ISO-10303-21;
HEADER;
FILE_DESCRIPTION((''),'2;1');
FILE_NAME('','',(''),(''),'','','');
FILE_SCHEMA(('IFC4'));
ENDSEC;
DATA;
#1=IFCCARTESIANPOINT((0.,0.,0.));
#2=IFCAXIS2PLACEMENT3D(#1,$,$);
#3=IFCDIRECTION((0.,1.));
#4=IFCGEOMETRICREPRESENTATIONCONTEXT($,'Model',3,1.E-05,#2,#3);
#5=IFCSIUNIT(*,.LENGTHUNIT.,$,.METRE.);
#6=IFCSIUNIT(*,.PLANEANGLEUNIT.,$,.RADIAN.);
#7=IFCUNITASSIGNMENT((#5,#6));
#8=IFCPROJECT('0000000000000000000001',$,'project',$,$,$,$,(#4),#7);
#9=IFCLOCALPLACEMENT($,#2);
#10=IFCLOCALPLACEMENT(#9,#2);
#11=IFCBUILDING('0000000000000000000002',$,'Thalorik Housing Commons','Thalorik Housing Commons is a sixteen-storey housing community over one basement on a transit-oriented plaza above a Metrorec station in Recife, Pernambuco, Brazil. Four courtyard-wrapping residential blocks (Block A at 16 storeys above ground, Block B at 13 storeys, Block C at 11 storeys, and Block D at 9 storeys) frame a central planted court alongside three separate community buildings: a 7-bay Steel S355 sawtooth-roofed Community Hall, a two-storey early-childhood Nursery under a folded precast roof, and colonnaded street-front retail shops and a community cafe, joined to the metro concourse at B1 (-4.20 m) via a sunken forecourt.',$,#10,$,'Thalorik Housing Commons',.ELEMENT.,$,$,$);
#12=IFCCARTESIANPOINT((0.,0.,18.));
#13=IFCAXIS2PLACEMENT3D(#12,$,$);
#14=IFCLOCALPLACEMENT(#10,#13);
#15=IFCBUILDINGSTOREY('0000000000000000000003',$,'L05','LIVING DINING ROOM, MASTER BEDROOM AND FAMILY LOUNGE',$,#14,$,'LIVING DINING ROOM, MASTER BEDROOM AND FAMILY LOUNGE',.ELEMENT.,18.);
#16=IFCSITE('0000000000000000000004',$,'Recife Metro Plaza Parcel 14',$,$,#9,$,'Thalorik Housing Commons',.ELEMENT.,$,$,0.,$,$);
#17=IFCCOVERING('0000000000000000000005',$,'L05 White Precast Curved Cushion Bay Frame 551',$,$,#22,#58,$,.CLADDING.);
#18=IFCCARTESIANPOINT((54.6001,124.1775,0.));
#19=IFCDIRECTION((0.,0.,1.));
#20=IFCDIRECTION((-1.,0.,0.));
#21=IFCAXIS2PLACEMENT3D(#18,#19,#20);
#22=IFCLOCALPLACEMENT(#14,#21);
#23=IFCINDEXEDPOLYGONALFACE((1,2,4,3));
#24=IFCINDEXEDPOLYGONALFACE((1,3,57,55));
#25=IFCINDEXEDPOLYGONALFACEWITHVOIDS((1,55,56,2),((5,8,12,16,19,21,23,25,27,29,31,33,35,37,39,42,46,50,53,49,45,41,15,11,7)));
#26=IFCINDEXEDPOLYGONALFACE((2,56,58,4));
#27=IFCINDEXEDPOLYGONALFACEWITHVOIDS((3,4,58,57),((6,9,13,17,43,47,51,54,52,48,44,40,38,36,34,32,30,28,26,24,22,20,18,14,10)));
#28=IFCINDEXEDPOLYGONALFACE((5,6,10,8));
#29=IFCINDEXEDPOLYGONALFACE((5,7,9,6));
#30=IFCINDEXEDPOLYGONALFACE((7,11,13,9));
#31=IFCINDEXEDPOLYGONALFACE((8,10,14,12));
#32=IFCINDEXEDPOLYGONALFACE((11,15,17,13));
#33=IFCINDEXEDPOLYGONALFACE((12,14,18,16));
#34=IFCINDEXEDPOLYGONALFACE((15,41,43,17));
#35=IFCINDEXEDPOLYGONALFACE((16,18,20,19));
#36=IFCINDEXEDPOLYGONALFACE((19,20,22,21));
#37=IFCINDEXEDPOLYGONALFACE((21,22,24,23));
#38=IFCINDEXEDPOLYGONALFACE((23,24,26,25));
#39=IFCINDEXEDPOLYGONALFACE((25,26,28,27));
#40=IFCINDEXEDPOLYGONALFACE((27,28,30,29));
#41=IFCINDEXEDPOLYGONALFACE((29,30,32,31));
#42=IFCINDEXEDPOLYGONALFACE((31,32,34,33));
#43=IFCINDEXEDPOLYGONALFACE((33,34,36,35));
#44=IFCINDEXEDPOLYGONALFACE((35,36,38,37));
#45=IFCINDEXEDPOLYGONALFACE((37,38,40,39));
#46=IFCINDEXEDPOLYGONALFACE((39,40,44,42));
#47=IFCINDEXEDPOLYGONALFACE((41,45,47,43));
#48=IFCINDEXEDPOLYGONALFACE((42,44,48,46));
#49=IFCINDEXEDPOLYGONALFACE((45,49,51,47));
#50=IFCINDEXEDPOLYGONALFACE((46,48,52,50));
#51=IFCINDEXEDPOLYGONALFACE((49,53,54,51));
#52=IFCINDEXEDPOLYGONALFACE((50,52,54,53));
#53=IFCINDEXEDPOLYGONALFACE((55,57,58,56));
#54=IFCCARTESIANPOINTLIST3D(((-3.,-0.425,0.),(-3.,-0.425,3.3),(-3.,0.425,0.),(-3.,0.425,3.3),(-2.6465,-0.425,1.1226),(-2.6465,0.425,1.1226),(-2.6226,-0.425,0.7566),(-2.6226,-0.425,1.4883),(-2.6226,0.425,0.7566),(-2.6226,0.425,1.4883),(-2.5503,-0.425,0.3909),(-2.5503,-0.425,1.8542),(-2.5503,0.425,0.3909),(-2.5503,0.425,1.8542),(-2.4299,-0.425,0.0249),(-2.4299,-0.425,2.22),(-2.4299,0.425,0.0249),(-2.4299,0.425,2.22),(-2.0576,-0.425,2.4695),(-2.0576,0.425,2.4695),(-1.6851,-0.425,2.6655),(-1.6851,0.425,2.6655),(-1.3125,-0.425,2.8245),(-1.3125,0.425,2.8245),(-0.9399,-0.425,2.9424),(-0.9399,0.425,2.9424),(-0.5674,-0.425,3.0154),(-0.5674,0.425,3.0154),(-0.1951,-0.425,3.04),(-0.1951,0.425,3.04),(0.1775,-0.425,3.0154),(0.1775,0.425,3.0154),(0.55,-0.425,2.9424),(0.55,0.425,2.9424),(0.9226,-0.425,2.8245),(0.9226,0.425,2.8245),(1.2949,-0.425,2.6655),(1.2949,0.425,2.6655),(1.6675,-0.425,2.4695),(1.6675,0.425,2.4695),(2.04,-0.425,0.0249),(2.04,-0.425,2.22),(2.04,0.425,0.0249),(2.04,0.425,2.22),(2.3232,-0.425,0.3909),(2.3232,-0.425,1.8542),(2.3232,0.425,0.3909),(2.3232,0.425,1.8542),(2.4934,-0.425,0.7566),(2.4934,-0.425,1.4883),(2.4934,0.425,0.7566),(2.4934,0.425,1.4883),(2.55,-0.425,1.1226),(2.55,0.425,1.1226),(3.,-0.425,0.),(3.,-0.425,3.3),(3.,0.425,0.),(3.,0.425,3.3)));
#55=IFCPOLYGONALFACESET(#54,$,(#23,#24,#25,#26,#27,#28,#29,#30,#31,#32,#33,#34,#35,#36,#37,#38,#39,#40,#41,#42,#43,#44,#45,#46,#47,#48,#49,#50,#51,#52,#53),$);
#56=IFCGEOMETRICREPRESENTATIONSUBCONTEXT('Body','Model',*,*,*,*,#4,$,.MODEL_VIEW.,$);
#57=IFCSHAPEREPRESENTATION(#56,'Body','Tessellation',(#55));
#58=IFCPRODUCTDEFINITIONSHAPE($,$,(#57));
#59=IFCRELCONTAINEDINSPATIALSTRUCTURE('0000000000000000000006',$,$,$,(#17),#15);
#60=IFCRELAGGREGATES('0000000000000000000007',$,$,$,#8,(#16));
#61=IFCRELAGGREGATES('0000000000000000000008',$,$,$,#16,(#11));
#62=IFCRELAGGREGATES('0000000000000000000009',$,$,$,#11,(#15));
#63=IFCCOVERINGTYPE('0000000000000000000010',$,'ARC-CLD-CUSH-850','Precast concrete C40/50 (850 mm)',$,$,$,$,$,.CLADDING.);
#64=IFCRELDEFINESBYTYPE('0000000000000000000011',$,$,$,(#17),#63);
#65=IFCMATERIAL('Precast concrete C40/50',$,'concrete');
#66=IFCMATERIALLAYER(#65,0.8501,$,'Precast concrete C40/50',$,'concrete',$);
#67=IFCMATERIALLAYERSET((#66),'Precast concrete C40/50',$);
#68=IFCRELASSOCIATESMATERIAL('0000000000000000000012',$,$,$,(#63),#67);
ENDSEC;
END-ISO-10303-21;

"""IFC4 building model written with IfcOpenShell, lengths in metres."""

from ifc_helpers import new_model, si_unit, direction, frame, origin, place, context, subcontext, project, spatial, polyline, outline, extrude, material, layer, layer_set, type_object, element, save


model = new_model("IFC4")

# Units and contexts
model_context = context("Model", 3, precision=1e-05, world=origin(), true_north=direction((0.0, 1.0)))
body_context = subcontext(model_context, "Body", "Model", "MODEL_VIEW")
ifc_project = project(units=[si_unit("LENGTHUNIT", "METRE"), si_unit("PLANEANGLEUNIT", "RADIAN")], contexts=[model_context])

# Site, building, storey
site_placement = place(None, origin())
site = spatial("IfcSite", under=ifc_project, at=site_placement, Name="Recife Metro Plaza Parcel 14", LongName="Thalorik Housing Commons", CompositionType="ELEMENT", RefElevation=0.0)
building_placement = place(site_placement, origin())
building = spatial("IfcBuilding", under=site, at=building_placement, Name="Thalorik Housing Commons", Description="Thalorik Housing Commons is a sixteen-storey housing community over one basement on a transit-oriented plaza above a Metrorec station in Recife, Pernambuco, Brazil. Four courtyard-wrapping residential blocks (Block A at 16 storeys above ground, Block B at 13 storeys, Block C at 11 storeys, and Block D at 9 storeys) frame a central planted court alongside three separate community buildings: a 7-bay Steel S355 sawtooth-roofed Community Hall, a two-storey early-childhood Nursery under a folded precast roof, and colonnaded street-front retail shops and a community cafe, joined to the metro concourse at B1 (-4.20 m) via a sunken forecourt.", LongName="Thalorik Housing Commons", CompositionType="ELEMENT")
storey_placement = place(building_placement, frame((0.0, 0.0, 18.0)))
storey = spatial("IfcBuildingStorey", under=building, at=storey_placement, Name="L05", Description="LIVING DINING ROOM, MASTER BEDROOM AND FAMILY LOUNGE", LongName="LIVING DINING ROOM, MASTER BEDROOM AND FAMILY LOUNGE", CompositionType="ELEMENT", Elevation=18.0)

# Shared definitions
ifc_material_1 = material(Name="Precast concrete C40/50", Category="concrete")

# Covering
ifc_layer_1 = layer(ifc_material_1, 0.8501, Name="Precast concrete C40/50", Category="concrete")
ifc_layer_set_1 = layer_set([ifc_layer_1], Name="Precast concrete C40/50")
covering_type_1 = type_object("IfcCoveringType", Name="ARC-CLD-CUSH-850", Description="Precast concrete C40/50 (850 mm)", PredefinedType="CLADDING", material=ifc_layer_set_1)
covering_1_placement = place(storey_placement, frame((54.6001, 124.1775, 0.0), z_axis=(0.0, 0.0, 1.0), x_axis=(-1.0, 0.0, 0.0)))
element("IfcCovering", 1, at=covering_1_placement, inside=storey, type_object=covering_type_1, Name="L05 White Precast Curved Cushion Bay Frame 551", PredefinedType="CLADDING", context=body_context, shape_type="SweptSolid", body=[
    extrude(outline(polyline([(-3.0, 0.0), (3.0, 0.0), (3.0, 3.3), (-3.0, 3.3), (-3.0, 0.0)]), holes=[polyline([(2.04, 0.0249), (2.3232, 0.3909), (2.4934, 0.7566), (2.55, 1.1226), (2.4934, 1.4883), (2.3232, 1.8542), (2.04, 2.22), (1.6675, 2.4695), (1.2949, 2.6655), (0.9226, 2.8245), (0.55, 2.9424), (0.1775, 3.0154), (-0.1951, 3.04), (-0.5674, 3.0154), (-0.9399, 2.9424), (-1.3125, 2.8245), (-1.6851, 2.6655), (-2.0576, 2.4695), (-2.4299, 2.22), (-2.5503, 1.8542), (-2.6226, 1.4883), (-2.6465, 1.1226), (-2.6226, 0.7566), (-2.5503, 0.3909), (-2.4299, 0.0249), (2.04, 0.0249)])]), frame((0.0, 0.425, 0.0), z_axis=(0.0, -1.0, 0.0), x_axis=(1.0, 0.0, 0.0)), (0.0, 0.0, 1.0), 0.8501),
])

save(model, "model.ifc")
